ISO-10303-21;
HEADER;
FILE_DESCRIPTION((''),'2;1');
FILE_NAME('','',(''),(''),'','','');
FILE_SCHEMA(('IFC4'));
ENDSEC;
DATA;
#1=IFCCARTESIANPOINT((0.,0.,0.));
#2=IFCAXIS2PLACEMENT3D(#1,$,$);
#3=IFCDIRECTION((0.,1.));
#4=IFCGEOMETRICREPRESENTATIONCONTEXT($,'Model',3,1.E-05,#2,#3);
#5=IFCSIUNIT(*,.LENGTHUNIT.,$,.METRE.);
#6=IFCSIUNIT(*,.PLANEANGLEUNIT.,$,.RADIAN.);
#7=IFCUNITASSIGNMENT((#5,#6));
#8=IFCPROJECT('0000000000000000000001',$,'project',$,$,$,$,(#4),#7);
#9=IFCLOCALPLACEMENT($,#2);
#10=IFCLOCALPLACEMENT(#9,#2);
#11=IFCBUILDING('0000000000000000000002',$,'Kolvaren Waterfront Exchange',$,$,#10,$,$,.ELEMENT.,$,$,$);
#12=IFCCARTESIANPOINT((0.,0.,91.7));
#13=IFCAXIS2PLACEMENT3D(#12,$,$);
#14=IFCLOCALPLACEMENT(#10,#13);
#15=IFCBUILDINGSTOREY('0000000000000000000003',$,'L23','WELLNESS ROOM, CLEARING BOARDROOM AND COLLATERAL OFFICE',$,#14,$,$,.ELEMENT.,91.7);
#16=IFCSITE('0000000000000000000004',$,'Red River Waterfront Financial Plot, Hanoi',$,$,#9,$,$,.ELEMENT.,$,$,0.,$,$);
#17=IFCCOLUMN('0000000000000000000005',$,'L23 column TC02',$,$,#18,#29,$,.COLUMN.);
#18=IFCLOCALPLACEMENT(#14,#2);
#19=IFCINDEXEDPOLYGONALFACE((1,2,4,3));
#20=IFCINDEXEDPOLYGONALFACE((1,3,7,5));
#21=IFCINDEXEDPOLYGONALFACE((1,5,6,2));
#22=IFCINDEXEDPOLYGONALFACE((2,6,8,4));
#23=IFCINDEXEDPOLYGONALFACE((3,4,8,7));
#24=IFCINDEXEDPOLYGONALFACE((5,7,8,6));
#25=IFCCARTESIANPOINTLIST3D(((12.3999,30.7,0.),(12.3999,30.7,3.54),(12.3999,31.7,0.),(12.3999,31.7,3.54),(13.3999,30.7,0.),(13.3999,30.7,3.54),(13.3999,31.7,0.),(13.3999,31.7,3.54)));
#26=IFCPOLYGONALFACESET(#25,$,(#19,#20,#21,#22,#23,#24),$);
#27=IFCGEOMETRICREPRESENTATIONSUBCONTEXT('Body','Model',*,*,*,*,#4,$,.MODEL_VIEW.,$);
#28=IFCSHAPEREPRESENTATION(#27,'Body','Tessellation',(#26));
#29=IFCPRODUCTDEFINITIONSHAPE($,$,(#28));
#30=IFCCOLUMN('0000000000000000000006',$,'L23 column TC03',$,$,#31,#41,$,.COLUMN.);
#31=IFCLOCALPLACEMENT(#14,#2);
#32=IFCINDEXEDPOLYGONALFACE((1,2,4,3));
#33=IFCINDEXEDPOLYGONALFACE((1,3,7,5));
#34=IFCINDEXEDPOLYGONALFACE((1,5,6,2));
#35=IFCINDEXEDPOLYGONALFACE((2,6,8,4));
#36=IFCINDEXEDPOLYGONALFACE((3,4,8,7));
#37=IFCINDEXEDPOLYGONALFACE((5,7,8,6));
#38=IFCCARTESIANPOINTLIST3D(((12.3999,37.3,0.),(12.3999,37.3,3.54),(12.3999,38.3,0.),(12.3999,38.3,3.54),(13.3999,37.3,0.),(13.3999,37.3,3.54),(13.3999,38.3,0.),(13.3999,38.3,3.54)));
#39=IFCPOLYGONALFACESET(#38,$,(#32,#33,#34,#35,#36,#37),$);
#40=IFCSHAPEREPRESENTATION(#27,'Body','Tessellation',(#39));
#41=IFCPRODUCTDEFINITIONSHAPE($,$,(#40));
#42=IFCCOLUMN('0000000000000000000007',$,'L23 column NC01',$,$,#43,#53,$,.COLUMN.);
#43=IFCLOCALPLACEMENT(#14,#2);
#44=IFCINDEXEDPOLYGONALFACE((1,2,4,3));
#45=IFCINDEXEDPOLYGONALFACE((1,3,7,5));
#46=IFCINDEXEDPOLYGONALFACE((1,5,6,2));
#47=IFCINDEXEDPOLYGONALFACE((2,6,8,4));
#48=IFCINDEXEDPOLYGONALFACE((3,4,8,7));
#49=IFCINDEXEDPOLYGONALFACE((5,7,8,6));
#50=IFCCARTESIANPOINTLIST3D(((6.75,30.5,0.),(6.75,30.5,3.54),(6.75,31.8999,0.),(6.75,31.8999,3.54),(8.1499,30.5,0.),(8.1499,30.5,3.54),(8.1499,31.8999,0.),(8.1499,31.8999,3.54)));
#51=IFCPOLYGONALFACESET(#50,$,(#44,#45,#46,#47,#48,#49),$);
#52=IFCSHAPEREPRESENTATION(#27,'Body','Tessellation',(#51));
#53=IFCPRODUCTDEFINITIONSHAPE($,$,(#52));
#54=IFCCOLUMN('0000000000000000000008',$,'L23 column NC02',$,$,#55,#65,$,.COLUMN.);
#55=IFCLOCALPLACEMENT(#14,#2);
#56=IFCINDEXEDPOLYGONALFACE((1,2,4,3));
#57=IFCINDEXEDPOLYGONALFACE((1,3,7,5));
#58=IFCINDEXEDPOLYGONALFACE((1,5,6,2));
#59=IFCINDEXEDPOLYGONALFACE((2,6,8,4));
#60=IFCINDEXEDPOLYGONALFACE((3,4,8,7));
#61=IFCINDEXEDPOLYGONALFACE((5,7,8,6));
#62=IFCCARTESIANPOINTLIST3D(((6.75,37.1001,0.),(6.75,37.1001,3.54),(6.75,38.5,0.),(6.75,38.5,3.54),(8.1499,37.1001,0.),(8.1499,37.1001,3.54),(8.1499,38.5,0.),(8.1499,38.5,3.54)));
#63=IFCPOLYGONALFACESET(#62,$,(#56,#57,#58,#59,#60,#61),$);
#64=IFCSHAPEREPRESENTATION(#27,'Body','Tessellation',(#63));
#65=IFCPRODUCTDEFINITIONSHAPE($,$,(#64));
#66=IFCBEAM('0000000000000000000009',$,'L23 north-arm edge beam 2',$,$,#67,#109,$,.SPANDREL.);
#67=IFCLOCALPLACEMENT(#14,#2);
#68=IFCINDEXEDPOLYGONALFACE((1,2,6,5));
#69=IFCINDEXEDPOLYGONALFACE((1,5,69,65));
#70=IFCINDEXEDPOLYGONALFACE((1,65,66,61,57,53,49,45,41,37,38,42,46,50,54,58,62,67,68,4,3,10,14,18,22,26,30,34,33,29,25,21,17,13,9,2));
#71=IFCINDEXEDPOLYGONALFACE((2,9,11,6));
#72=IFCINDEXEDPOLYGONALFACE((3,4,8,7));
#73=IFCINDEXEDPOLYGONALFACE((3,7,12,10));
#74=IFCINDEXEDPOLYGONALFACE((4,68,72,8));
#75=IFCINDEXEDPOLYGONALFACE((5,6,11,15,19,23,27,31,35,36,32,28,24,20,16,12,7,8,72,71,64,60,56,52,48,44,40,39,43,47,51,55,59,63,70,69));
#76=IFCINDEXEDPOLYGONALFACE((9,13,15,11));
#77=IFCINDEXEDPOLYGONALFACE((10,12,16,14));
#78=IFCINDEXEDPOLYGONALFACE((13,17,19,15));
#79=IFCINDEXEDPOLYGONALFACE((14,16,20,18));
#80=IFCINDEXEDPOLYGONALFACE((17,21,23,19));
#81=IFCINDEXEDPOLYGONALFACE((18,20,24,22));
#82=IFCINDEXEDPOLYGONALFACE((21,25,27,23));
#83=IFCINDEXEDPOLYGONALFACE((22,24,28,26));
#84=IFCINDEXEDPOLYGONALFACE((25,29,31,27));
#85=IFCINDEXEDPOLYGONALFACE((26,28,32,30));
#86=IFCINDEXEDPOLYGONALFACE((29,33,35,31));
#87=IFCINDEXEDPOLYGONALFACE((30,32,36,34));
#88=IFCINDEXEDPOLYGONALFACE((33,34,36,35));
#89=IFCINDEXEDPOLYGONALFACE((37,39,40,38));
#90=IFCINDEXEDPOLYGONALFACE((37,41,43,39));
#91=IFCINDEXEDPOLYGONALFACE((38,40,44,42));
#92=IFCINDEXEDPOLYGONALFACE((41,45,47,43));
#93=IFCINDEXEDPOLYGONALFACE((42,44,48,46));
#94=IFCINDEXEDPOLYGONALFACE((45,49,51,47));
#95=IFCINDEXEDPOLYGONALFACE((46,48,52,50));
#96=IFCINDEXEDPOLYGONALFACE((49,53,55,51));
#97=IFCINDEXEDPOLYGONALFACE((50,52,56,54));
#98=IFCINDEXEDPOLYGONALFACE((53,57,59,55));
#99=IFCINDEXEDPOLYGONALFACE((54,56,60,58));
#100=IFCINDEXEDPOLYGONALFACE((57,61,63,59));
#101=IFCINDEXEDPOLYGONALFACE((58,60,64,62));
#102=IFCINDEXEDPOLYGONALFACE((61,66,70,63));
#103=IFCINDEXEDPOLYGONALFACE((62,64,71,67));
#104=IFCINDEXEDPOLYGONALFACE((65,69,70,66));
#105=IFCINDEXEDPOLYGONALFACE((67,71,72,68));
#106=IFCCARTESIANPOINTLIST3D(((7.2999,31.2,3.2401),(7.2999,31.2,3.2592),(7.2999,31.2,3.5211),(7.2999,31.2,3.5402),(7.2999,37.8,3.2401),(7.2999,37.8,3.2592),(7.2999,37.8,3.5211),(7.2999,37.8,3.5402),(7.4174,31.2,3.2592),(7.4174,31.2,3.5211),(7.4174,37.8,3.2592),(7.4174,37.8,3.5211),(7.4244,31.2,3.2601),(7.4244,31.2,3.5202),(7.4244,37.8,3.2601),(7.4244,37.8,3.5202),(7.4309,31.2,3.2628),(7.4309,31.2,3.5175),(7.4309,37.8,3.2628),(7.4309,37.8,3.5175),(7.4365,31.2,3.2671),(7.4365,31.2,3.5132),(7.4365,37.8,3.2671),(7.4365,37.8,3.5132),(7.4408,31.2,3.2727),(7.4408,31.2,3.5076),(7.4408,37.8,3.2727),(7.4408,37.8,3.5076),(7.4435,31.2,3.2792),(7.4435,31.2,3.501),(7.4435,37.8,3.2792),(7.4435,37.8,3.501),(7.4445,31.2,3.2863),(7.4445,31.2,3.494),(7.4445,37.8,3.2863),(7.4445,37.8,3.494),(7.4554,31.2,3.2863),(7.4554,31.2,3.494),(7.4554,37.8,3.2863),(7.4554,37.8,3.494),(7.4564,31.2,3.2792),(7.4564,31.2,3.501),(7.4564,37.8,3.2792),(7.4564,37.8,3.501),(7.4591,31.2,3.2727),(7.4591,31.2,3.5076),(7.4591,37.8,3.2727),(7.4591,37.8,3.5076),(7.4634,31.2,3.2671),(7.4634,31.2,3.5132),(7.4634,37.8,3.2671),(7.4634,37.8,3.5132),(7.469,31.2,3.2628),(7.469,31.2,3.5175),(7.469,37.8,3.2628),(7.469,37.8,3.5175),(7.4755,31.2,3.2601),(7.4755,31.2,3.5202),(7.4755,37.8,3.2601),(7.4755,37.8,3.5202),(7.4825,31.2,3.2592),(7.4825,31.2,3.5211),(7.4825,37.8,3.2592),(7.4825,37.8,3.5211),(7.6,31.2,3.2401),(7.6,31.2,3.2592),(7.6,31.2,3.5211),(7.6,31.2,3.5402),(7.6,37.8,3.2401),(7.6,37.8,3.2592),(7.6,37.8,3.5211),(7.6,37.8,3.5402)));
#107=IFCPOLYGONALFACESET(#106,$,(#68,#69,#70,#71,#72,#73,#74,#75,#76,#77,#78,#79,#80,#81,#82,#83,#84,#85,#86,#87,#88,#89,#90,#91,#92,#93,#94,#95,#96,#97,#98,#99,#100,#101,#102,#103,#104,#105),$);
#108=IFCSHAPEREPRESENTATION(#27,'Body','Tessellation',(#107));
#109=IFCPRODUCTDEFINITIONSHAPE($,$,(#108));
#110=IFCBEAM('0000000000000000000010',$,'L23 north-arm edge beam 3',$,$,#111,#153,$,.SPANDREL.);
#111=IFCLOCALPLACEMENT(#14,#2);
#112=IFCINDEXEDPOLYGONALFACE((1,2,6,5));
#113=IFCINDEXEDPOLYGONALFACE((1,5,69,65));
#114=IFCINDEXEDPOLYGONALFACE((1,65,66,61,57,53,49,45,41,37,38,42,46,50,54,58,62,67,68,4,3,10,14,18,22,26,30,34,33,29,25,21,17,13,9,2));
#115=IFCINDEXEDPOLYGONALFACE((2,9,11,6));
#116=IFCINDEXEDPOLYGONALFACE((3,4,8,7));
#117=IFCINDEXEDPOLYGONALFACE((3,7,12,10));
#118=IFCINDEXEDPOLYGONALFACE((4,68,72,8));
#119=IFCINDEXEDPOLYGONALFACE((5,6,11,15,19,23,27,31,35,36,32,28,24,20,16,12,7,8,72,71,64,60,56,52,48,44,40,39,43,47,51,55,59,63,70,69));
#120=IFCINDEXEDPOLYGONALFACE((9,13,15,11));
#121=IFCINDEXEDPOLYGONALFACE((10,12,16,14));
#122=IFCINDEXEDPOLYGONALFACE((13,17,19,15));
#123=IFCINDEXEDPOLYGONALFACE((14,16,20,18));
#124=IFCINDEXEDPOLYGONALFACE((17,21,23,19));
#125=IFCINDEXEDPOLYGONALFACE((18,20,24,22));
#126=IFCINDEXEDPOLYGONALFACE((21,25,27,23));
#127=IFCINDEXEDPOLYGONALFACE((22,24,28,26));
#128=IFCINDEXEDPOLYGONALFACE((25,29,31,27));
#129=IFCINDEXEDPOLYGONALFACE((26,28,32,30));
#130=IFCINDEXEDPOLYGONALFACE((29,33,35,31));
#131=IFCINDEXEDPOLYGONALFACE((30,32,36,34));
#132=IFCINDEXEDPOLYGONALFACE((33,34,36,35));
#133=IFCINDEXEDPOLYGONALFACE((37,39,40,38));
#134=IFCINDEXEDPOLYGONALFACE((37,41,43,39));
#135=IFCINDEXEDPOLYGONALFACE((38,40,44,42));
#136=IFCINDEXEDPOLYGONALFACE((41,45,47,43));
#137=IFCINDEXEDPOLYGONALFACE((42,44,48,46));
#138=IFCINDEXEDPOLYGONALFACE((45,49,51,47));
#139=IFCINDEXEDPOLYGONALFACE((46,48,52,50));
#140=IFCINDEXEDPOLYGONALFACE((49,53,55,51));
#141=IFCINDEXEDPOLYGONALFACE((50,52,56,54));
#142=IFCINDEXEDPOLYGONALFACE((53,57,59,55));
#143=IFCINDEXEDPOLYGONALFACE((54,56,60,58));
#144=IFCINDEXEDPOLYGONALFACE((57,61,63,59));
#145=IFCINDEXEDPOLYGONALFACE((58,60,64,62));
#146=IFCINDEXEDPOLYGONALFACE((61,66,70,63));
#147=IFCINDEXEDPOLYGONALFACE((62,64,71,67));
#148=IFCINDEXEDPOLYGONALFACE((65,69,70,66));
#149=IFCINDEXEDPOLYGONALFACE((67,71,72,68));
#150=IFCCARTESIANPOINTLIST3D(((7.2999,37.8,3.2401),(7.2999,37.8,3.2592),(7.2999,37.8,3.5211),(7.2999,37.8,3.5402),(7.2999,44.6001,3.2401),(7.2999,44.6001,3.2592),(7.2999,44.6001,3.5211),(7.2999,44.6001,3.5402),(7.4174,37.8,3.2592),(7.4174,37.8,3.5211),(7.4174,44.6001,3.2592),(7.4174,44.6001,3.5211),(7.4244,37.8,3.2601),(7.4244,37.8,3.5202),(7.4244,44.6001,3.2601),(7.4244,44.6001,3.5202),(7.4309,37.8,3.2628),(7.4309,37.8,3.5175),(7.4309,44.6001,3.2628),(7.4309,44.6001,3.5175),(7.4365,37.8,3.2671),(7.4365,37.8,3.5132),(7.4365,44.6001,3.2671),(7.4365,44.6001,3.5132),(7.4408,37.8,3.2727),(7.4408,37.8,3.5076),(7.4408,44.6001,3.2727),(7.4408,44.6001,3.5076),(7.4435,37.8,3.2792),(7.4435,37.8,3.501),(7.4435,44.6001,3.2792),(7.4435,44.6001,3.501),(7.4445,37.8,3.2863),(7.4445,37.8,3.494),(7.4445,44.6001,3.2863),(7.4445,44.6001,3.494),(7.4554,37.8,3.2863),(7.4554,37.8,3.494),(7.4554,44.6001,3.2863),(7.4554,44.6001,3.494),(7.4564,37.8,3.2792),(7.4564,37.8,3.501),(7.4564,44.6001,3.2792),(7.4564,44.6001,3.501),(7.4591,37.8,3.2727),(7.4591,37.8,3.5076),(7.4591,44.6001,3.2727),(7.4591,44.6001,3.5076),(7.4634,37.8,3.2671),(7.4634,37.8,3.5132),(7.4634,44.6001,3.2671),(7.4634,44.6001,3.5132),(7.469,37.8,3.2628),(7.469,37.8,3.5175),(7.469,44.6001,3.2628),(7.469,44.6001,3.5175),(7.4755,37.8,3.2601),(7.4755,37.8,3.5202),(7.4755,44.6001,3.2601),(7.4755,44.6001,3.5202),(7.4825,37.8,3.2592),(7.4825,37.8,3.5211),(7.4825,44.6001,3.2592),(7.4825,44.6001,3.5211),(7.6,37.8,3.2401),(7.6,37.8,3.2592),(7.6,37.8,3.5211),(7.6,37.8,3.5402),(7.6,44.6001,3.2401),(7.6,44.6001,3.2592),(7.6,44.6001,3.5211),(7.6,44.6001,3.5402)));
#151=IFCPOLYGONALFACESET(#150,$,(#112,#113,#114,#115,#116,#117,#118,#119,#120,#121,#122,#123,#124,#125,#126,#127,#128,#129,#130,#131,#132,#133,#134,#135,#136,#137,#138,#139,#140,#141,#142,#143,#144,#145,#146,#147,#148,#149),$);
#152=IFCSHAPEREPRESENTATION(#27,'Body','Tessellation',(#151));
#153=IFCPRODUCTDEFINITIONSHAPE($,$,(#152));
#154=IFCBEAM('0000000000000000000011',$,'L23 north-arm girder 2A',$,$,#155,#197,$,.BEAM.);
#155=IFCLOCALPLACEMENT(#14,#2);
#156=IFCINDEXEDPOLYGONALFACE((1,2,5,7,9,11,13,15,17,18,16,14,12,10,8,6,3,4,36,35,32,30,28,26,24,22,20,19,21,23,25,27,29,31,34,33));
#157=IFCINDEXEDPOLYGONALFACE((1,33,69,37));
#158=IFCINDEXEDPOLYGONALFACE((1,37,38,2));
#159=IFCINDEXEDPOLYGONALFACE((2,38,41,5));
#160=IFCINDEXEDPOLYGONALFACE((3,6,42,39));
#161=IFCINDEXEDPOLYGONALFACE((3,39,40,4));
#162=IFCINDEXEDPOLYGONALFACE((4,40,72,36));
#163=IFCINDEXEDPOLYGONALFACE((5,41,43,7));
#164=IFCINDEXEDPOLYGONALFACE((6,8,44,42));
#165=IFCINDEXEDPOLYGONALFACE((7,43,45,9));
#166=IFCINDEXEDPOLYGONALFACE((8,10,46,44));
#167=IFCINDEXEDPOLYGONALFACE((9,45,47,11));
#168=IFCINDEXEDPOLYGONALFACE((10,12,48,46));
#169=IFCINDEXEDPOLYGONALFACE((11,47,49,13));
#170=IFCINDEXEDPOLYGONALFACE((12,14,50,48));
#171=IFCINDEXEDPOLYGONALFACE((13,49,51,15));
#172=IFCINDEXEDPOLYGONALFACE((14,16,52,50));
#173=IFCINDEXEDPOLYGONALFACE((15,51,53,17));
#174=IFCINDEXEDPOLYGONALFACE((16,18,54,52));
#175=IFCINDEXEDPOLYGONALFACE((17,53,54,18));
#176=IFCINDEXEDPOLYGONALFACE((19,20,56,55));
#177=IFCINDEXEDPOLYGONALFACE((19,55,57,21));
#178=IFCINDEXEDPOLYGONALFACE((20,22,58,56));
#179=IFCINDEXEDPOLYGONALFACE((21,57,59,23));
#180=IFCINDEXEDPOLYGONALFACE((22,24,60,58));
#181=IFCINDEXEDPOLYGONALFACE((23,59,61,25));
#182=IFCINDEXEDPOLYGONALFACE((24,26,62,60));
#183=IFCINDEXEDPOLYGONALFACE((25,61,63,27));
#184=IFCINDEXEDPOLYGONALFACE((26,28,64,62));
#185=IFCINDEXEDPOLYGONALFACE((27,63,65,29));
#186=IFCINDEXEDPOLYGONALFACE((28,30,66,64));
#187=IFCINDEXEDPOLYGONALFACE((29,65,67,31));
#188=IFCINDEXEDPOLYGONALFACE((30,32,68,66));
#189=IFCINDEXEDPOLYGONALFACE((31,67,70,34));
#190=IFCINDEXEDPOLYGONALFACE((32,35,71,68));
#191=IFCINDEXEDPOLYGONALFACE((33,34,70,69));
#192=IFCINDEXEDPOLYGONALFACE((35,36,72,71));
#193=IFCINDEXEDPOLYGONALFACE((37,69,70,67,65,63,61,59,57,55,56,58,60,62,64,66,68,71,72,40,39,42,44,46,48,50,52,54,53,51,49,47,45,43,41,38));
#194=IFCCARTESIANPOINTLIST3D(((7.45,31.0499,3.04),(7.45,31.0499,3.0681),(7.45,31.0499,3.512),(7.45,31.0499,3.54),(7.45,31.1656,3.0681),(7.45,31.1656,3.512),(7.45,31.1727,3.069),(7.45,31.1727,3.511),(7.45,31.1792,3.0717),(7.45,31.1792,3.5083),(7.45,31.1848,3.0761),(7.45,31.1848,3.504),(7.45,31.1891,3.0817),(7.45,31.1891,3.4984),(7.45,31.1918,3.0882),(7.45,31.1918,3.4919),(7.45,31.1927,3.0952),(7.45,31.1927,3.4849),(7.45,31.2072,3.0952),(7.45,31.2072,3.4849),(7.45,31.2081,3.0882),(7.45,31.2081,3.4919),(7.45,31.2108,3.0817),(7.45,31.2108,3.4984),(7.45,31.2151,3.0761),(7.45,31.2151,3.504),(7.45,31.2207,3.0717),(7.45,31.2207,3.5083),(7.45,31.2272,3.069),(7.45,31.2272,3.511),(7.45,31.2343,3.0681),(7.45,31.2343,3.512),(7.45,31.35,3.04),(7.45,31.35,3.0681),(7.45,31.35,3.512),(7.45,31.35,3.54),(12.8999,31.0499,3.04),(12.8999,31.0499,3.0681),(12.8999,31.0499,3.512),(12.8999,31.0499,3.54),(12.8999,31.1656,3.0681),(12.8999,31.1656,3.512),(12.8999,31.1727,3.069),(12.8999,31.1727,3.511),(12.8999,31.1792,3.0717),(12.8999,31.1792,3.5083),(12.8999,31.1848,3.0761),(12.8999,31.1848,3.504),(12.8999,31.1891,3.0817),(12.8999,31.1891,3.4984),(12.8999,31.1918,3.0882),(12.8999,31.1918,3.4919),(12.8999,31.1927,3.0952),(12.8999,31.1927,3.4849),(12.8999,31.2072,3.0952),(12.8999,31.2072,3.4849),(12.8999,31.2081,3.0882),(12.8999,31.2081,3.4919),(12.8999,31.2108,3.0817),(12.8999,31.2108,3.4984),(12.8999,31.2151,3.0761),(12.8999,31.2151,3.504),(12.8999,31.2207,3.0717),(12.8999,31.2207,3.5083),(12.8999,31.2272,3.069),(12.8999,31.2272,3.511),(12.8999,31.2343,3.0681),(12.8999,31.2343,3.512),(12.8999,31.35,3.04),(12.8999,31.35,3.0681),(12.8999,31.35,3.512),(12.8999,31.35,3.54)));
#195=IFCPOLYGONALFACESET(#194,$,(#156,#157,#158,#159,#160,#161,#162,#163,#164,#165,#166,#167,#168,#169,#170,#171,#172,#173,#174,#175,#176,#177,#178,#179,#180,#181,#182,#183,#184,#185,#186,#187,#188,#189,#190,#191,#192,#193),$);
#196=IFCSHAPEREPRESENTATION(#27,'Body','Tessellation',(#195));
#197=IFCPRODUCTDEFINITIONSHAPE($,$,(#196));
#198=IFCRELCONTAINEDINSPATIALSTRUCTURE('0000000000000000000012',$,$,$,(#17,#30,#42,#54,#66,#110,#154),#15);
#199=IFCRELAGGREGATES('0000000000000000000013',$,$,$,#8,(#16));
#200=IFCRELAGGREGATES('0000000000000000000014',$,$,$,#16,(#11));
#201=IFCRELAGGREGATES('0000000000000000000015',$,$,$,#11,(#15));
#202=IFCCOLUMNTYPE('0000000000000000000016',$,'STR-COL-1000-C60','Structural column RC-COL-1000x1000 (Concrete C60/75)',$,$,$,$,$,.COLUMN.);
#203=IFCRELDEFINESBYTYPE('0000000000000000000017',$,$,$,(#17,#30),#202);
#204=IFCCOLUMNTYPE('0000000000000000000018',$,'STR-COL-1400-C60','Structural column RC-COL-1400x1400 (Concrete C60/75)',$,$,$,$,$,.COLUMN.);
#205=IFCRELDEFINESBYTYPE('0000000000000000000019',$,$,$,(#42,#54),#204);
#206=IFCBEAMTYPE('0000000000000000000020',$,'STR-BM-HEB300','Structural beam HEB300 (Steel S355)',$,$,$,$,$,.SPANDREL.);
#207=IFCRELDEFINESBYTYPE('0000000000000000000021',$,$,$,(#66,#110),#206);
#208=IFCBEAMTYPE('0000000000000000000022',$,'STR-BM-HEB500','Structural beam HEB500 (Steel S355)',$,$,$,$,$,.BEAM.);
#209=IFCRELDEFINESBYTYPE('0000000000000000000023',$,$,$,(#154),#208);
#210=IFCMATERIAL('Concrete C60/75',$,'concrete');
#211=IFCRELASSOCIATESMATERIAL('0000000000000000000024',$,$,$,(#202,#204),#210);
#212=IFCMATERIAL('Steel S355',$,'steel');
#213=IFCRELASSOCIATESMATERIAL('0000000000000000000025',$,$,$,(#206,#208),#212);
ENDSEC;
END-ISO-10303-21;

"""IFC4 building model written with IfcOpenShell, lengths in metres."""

from ifc_helpers import new_model, si_unit, direction, frame, origin, origin_2d, place, context, subcontext, project, spatial, rectangle, i_section, extrude, material, material_profile, profile_set, type_object, element, save


model = new_model("IFC4")

# Units and contexts
model_context = context("Model", 3, precision=1e-05, world=origin(), true_north=direction((0.0, 1.0)))
body_context = subcontext(model_context, "Body", "Model", "MODEL_VIEW")
ifc_project = project(units=[si_unit("LENGTHUNIT", "METRE"), si_unit("PLANEANGLEUNIT", "RADIAN")], contexts=[model_context])

# Site, building, storey
site_placement = place(None, origin())
site = spatial("IfcSite", under=ifc_project, at=site_placement, Name="Red River Waterfront Financial Plot, Hanoi", CompositionType="ELEMENT", RefElevation=0.0)
building_placement = place(site_placement, origin())
building = spatial("IfcBuilding", under=site, at=building_placement, Name="Kolvaren Waterfront Exchange", CompositionType="ELEMENT")
storey_placement = place(building_placement, frame((0.0, 0.0, 91.7)))
storey = spatial("IfcBuildingStorey", under=building, at=storey_placement, Name="L23", Description="WELLNESS ROOM, CLEARING BOARDROOM AND COLLATERAL OFFICE", CompositionType="ELEMENT", Elevation=91.7)

# Columns
ifc_material_1 = material(Name="Concrete C60/75", Category="concrete")
ifc_material_profile_1 = material_profile(ifc_material_1, rectangle(XDim=1.0, YDim=1.0, at=origin_2d()), Name="RC-COL-1000x1000")
ifc_profile_set_1 = profile_set([ifc_material_profile_1], Name="Concrete C60/75")
column_type_1 = type_object("IfcColumnType", Name="STR-COL-1000-C60", Description="Structural column RC-COL-1000x1000 (Concrete C60/75)", PredefinedType="COLUMN", material=ifc_profile_set_1)
for number, where, z_axis, x_axis, name in (
    (1, (12.8999, 31.2, 0.0), (0.0, 0.0, 1.0), (1.0, 0.0, 0.0), "L23 column TC02"),
    (2, (12.8999, 37.8, 0.0), (0.0, 0.0, 1.0), (1.0, 0.0, 0.0), "L23 column TC03"),
):
    element("IfcColumn", number, at=place(storey_placement, frame(where, z_axis=z_axis, x_axis=x_axis)), inside=storey, type_object=column_type_1, Name=name, PredefinedType="COLUMN", context=body_context, shape_type="SweptSolid", body=[
        extrude(rectangle(XDim=1.0, YDim=1.0, at=origin_2d()), origin(), (0.0, 0.0, 1.0), 3.54),
    ])
ifc_material_profile_2 = material_profile(ifc_material_1, rectangle(XDim=1.3999, YDim=1.3999, at=origin_2d()), Name="RC-COL-1400x1400")
ifc_profile_set_2 = profile_set([ifc_material_profile_2], Name="Concrete C60/75")
column_type_2 = type_object("IfcColumnType", Name="STR-COL-1400-C60", Description="Structural column RC-COL-1400x1400 (Concrete C60/75)", PredefinedType="COLUMN", material=ifc_profile_set_2)
for number, where, z_axis, x_axis, name in (
    (3, (7.45, 31.2, 0.0), (0.0, 0.0, 1.0), (1.0, 0.0, 0.0), "L23 column NC01"),
    (4, (7.45, 37.8, 0.0), (0.0, 0.0, 1.0), (1.0, 0.0, 0.0), "L23 column NC02"),
):
    element("IfcColumn", number, at=place(storey_placement, frame(where, z_axis=z_axis, x_axis=x_axis)), inside=storey, type_object=column_type_2, Name=name, PredefinedType="COLUMN", context=body_context, shape_type="SweptSolid", body=[
        extrude(rectangle(XDim=1.3999, YDim=1.3999, at=origin_2d()), origin(), (0.0, 0.0, 1.0), 3.54),
    ])

# Beams
ifc_material_2 = material(Name="Steel S355", Category="steel")
ifc_material_profile_3 = material_profile(ifc_material_2, i_section(OverallWidth=0.3, OverallDepth=0.3, WebThickness=0.011, FlangeThickness=0.019, FilletRadius=0.0271, at=origin_2d()), Name="HEB300")
ifc_profile_set_3 = profile_set([ifc_material_profile_3], Name="Steel S355")
beam_type_1 = type_object("IfcBeamType", Name="STR-BM-HEB300", Description="Structural beam HEB300 (Steel S355)", PredefinedType="SPANDREL", material=ifc_profile_set_3)
beam_1_placement = place(storey_placement, frame((7.45, 31.2, 3.3901), z_axis=(0.0, 1.0, 0.0), x_axis=(-1.0, 0.0, 0.0)))
element("IfcBeam", 5, at=beam_1_placement, inside=storey, type_object=beam_type_1, Name="L23 north-arm edge beam 2", PredefinedType="SPANDREL", context=body_context, shape_type="SweptSolid", body=[
    extrude(i_section(OverallWidth=0.3, OverallDepth=0.3, WebThickness=0.011, FlangeThickness=0.019, FilletRadius=0.0271, at=origin_2d()), origin(), (0.0, 0.0, 1.0), 6.6001),
])
beam_2_placement = place(storey_placement, frame((7.45, 37.8, 3.3901), z_axis=(0.0, 1.0, 0.0), x_axis=(-1.0, 0.0, 0.0)))
element("IfcBeam", 6, at=beam_2_placement, inside=storey, type_object=beam_type_1, Name="L23 north-arm edge beam 3", PredefinedType="SPANDREL", context=body_context, shape_type="SweptSolid", body=[
    extrude(i_section(OverallWidth=0.3, OverallDepth=0.3, WebThickness=0.011, FlangeThickness=0.019, FilletRadius=0.0271, at=origin_2d()), origin(), (0.0, 0.0, 1.0), 6.8),
])
ifc_material_profile_4 = material_profile(ifc_material_2, i_section(OverallWidth=0.3, OverallDepth=0.5, WebThickness=0.0144, FlangeThickness=0.0281, FilletRadius=0.0271, at=origin_2d()), Name="HEB500")
ifc_profile_set_4 = profile_set([ifc_material_profile_4], Name="Steel S355")
beam_type_2 = type_object("IfcBeamType", Name="STR-BM-HEB500", Description="Structural beam HEB500 (Steel S355)", PredefinedType="BEAM", material=ifc_profile_set_4)
beam_3_placement = place(storey_placement, frame((7.45, 31.2, 3.29), z_axis=(1.0, 0.0, 0.0), x_axis=(0.0, 1.0, 0.0)))
element("IfcBeam", 7, at=beam_3_placement, inside=storey, type_object=beam_type_2, Name="L23 north-arm girder 2A", PredefinedType="BEAM", context=body_context, shape_type="SweptSolid", body=[
    extrude(i_section(OverallWidth=0.3, OverallDepth=0.5, WebThickness=0.0144, FlangeThickness=0.0281, FilletRadius=0.0271, at=origin_2d()), origin(), (0.0, 0.0, 1.0), 5.45),
])

save(model, "model.ifc")
